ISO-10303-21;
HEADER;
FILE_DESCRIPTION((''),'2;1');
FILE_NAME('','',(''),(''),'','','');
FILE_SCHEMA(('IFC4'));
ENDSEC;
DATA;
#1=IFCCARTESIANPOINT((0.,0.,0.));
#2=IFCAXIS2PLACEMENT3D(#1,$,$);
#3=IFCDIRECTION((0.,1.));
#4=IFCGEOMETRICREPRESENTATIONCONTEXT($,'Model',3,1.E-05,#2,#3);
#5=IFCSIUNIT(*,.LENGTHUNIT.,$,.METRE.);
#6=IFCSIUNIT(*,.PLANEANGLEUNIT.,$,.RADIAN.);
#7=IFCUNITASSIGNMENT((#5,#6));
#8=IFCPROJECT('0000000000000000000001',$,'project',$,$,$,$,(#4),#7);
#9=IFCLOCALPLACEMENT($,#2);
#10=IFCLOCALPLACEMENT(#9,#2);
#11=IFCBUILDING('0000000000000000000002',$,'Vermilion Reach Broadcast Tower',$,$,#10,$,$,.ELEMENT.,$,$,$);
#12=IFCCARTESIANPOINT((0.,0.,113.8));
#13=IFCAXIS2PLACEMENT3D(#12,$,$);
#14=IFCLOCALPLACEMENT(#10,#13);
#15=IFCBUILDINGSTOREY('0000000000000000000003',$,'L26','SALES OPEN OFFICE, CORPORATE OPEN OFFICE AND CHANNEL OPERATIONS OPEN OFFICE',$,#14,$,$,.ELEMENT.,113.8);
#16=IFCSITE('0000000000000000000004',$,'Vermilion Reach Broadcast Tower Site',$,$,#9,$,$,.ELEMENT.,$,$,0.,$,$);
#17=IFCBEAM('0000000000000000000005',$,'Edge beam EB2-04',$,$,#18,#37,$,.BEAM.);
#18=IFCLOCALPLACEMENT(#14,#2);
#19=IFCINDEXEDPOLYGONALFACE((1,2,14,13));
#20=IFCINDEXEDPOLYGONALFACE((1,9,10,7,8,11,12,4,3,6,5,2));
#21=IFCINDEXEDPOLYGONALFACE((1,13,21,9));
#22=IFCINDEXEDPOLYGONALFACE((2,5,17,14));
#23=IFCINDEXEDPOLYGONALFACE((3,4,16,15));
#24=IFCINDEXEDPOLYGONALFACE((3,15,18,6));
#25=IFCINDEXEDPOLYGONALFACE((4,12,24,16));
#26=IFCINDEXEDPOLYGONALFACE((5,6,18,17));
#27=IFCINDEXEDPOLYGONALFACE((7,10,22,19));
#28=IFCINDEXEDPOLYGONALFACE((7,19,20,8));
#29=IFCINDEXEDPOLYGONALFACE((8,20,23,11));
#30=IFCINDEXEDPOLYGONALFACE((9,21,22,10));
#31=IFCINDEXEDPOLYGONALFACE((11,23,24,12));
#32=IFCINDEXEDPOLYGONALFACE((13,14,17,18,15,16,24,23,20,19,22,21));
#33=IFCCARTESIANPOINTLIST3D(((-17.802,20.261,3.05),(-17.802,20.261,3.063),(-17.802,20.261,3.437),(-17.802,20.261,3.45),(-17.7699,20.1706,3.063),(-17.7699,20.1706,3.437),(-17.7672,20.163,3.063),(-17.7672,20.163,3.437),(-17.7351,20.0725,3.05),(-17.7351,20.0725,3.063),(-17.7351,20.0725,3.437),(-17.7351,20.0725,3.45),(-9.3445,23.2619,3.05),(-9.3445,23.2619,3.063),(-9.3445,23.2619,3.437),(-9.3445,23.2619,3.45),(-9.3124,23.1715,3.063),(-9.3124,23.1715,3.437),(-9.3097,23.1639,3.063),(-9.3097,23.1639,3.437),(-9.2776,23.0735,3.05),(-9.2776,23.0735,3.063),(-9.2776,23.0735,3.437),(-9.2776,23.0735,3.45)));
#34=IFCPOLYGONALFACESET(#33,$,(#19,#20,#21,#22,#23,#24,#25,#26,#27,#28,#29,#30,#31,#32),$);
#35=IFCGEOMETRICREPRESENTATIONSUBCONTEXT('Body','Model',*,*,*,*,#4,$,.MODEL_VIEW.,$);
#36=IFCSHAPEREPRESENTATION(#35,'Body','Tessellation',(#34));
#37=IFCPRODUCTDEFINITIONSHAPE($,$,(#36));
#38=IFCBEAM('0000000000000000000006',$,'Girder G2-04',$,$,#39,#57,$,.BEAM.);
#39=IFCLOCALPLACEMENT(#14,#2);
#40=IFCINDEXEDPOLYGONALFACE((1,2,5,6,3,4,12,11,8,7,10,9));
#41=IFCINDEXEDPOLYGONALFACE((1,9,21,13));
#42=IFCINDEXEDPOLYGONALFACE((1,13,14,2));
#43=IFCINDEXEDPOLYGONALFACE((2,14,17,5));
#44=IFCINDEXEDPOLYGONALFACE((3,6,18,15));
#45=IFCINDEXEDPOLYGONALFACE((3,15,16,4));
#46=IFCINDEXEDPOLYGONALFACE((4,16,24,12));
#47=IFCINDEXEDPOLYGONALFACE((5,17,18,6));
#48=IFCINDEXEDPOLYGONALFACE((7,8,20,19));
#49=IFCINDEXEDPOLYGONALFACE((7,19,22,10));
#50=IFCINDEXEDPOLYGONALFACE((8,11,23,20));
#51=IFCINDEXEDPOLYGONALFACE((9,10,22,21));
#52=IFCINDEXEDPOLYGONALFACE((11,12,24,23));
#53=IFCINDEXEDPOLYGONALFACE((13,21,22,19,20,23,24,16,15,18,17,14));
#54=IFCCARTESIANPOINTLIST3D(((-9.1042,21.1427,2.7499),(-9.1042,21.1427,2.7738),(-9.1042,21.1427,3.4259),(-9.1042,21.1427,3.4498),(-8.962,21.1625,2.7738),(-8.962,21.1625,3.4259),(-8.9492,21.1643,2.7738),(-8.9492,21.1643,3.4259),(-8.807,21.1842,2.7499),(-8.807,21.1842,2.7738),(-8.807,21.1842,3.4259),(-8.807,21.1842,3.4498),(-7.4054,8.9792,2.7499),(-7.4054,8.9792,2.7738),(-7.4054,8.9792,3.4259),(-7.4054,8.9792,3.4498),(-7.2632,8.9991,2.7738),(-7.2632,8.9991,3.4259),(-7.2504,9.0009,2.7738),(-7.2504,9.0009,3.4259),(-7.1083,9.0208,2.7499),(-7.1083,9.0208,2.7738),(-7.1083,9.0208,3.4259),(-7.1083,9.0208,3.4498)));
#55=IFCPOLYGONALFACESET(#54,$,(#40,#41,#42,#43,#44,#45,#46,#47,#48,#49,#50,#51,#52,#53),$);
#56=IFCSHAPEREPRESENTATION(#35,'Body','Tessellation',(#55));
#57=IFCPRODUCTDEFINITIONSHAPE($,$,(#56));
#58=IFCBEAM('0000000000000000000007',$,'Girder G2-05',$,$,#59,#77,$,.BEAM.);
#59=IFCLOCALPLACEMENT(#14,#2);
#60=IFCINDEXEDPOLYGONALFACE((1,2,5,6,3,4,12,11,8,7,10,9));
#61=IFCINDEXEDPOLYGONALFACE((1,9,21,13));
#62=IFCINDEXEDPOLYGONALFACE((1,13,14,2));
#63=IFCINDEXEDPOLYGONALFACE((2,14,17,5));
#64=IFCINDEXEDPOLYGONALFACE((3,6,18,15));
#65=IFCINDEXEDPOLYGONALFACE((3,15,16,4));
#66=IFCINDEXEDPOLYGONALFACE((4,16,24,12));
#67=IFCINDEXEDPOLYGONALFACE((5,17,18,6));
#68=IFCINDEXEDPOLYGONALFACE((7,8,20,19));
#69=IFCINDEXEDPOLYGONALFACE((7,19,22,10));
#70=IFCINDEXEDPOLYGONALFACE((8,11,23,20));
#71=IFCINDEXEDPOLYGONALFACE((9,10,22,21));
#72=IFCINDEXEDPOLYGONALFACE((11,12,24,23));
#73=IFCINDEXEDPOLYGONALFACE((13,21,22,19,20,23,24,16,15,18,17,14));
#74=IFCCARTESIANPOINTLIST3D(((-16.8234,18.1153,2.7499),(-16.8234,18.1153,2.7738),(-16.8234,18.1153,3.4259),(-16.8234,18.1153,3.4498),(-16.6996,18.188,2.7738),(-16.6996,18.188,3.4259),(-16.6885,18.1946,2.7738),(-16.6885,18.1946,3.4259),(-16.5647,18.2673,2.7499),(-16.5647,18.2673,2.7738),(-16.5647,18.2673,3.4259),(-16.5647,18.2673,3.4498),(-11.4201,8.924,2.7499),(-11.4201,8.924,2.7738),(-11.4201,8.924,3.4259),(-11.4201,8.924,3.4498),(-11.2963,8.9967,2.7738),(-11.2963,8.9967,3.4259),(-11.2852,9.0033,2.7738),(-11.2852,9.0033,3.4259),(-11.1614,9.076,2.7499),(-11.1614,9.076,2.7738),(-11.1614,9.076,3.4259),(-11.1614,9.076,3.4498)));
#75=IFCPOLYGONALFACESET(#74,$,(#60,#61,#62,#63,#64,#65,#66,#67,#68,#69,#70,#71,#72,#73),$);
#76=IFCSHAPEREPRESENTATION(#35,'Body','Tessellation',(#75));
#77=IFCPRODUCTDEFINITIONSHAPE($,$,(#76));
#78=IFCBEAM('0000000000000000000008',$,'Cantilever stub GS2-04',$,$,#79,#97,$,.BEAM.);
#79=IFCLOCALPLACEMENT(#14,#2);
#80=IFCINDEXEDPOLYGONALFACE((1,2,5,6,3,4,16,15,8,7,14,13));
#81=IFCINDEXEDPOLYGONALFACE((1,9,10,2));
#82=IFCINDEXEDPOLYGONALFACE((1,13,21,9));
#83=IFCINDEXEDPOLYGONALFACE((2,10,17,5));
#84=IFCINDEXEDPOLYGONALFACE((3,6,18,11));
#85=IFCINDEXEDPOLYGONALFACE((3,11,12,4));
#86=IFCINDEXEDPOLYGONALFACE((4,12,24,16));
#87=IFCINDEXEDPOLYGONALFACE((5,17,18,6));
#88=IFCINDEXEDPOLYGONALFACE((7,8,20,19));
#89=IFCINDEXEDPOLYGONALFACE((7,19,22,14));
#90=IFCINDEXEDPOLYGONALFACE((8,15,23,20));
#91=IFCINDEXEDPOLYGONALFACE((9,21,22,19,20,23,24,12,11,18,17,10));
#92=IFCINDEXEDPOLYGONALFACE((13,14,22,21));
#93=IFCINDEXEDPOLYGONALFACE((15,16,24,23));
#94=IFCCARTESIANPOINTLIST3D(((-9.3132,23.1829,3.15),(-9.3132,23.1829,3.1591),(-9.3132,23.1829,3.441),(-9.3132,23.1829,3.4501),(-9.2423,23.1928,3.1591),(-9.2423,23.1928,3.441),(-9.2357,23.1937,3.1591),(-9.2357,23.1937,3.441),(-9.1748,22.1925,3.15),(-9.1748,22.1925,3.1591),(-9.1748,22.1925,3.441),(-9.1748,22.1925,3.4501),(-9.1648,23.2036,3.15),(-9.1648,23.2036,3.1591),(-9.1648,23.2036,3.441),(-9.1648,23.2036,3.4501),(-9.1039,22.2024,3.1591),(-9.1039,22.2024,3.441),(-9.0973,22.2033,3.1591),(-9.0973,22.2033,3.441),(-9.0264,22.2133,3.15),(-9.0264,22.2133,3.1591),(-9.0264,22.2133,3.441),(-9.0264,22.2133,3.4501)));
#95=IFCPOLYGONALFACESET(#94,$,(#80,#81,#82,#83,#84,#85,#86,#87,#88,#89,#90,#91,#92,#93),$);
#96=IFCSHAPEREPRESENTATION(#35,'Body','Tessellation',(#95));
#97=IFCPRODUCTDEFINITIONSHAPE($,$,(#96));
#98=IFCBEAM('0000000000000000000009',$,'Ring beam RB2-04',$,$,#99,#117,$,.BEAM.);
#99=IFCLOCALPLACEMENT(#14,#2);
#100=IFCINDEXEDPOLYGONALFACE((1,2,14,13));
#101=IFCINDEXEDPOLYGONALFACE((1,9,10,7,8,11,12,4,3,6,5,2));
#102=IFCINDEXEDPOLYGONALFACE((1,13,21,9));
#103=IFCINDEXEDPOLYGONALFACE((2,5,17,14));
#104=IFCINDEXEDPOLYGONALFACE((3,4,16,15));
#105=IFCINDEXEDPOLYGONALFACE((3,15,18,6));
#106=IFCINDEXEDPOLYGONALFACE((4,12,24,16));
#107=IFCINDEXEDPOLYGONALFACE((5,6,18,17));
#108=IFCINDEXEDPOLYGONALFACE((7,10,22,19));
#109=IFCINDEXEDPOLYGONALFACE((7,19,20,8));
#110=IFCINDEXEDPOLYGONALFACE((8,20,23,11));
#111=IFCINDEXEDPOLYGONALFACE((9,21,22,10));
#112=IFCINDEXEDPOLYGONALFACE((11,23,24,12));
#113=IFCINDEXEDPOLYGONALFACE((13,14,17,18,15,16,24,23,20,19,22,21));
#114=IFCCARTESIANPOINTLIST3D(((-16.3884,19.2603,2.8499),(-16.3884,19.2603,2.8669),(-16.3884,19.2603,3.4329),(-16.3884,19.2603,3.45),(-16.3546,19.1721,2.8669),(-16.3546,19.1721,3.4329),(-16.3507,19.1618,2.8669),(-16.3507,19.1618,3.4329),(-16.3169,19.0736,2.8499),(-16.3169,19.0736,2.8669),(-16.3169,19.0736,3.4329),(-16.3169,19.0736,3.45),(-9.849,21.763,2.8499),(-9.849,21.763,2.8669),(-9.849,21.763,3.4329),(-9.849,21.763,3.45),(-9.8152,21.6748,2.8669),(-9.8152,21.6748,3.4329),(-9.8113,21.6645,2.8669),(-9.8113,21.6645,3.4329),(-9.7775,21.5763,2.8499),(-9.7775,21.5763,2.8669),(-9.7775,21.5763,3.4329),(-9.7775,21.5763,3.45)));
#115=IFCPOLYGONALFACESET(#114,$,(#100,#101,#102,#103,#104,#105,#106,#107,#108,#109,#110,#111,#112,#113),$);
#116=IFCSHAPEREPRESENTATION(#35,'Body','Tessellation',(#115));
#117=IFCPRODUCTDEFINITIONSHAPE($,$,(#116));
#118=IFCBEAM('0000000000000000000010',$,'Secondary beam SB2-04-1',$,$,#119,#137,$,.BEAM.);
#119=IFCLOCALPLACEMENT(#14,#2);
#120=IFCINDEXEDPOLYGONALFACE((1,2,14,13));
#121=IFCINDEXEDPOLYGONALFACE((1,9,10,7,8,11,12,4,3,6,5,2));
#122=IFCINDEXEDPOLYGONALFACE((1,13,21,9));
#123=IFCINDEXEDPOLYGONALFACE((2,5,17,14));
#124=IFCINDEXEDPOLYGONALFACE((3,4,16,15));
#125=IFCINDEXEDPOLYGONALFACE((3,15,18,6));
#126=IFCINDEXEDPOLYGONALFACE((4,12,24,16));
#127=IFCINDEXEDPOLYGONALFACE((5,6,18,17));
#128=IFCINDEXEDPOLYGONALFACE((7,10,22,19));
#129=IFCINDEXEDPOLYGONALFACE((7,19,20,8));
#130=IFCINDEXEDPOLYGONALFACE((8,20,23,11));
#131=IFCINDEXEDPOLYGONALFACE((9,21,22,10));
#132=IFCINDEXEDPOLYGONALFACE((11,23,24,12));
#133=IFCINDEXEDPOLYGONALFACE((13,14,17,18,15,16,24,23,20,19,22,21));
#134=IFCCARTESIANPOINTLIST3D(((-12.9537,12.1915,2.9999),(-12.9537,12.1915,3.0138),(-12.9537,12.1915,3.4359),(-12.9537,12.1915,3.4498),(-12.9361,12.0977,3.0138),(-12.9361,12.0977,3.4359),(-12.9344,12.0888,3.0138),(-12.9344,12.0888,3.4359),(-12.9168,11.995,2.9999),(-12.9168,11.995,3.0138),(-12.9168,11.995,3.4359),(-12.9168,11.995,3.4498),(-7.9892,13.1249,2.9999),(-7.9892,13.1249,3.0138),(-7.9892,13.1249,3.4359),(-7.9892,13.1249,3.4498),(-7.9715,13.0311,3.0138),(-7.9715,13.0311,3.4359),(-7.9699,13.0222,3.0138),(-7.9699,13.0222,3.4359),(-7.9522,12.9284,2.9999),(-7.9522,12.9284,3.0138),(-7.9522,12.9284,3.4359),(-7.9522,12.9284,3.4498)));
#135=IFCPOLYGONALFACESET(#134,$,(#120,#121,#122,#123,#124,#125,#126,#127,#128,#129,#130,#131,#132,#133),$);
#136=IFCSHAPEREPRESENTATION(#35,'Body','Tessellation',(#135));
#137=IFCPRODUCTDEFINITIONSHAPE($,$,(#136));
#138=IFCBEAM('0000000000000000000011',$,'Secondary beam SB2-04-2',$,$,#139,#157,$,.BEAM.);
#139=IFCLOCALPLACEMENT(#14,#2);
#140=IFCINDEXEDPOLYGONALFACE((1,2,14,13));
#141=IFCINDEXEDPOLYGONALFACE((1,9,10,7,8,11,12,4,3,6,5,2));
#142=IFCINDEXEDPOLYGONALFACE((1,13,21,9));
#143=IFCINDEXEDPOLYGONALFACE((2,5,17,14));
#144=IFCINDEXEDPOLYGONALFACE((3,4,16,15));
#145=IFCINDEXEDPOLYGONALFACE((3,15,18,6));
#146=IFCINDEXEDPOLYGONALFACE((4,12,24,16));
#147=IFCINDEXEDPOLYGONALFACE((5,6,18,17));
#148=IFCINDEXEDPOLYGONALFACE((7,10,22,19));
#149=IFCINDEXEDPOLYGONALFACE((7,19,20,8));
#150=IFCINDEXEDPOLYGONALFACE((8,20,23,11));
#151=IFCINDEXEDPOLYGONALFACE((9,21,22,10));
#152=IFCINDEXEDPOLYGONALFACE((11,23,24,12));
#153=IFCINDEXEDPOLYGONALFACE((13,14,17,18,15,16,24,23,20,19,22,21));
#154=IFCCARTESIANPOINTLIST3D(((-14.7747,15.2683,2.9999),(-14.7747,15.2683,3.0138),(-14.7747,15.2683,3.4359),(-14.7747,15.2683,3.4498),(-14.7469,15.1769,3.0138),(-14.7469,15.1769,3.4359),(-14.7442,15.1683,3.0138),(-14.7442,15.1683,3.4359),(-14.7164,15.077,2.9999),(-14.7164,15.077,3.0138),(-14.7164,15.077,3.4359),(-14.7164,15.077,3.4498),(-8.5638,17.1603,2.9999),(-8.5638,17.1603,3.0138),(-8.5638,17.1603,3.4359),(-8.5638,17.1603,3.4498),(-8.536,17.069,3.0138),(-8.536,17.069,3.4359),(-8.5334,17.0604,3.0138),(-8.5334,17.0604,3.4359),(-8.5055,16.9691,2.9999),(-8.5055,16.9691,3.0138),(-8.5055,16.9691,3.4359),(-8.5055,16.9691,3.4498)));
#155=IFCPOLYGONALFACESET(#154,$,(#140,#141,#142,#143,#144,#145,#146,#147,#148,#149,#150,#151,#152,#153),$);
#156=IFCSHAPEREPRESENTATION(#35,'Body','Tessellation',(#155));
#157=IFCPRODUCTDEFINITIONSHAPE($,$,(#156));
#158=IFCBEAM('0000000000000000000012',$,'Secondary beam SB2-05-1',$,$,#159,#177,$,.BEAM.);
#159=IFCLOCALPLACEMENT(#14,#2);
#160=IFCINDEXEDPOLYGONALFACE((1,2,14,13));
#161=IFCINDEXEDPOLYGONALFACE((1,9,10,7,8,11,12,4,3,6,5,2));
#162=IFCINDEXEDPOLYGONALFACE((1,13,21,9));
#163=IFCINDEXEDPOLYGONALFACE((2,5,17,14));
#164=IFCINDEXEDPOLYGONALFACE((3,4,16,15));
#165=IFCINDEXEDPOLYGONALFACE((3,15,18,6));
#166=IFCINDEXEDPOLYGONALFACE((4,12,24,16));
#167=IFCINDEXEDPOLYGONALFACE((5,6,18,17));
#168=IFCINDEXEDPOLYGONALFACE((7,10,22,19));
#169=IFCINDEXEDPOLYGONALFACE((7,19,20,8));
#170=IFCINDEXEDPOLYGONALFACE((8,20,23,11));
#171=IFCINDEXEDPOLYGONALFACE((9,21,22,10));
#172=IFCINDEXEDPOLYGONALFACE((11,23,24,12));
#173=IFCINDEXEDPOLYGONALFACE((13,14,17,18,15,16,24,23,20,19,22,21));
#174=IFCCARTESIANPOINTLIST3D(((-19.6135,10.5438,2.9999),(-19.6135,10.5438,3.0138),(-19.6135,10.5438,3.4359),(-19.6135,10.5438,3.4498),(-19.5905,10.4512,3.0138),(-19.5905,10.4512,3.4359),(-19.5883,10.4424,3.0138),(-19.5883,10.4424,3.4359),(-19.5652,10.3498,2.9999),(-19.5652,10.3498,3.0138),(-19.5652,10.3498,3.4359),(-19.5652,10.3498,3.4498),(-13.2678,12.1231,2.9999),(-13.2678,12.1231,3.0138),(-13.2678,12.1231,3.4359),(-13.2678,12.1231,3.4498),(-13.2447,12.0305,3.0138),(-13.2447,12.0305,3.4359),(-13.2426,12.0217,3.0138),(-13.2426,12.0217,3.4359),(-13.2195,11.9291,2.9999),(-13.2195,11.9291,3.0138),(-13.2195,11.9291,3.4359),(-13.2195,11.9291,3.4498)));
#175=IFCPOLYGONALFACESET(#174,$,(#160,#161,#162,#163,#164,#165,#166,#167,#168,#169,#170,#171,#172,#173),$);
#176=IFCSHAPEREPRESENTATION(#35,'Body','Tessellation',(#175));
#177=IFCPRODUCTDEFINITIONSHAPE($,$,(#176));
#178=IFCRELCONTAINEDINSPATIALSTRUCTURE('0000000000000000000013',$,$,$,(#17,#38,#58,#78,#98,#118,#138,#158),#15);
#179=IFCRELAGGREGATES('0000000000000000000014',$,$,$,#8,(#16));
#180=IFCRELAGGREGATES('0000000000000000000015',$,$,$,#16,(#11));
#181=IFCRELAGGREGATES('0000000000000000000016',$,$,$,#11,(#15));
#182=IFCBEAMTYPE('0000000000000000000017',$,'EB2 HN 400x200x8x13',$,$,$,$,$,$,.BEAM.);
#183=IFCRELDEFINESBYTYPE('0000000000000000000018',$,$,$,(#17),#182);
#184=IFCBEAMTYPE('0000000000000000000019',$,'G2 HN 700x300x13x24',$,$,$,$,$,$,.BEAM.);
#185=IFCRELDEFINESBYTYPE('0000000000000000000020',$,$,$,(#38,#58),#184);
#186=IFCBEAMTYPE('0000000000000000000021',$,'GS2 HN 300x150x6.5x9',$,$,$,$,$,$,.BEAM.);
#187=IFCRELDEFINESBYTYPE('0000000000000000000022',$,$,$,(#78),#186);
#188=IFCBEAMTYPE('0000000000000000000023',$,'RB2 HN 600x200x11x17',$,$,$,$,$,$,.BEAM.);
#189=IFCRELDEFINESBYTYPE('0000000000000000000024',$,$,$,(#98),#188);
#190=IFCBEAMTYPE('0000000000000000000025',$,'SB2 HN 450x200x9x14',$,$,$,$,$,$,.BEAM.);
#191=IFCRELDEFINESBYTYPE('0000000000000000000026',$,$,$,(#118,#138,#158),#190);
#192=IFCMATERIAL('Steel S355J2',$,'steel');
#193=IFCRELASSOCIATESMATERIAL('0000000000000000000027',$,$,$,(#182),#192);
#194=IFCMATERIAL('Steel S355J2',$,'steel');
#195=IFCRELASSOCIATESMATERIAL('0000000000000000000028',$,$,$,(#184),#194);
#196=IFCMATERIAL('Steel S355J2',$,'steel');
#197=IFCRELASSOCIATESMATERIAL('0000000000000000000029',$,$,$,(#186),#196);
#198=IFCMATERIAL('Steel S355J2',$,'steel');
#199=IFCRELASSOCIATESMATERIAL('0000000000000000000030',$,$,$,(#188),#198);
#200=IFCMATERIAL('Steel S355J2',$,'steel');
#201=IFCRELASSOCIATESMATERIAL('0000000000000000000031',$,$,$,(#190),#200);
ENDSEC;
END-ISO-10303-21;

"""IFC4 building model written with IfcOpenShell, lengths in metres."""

from ifc_helpers import new_model, si_unit, direction, frame, origin, origin_2d, place, context, subcontext, project, spatial, i_section, extrude, material, material_profile, profile_set, type_object, element, save


model = new_model("IFC4")

# Units and contexts
model_context = context("Model", 3, precision=1e-05, world=origin(), true_north=direction((0.0, 1.0)))
body_context = subcontext(model_context, "Body", "Model", "MODEL_VIEW")
ifc_project = project(units=[si_unit("LENGTHUNIT", "METRE"), si_unit("PLANEANGLEUNIT", "RADIAN")], contexts=[model_context])

# Site, building, storey
site_placement = place(None, origin())
site = spatial("IfcSite", under=ifc_project, at=site_placement, Name="Vermilion Reach Broadcast Tower Site", CompositionType="ELEMENT", RefElevation=0.0)
building_placement = place(site_placement, origin())
building = spatial("IfcBuilding", under=site, at=building_placement, Name="Vermilion Reach Broadcast Tower", CompositionType="ELEMENT")
storey_placement = place(building_placement, frame((0.0, 0.0, 113.8)))
storey = spatial("IfcBuildingStorey", under=building, at=storey_placement, Name="L26", Description="SALES OPEN OFFICE, CORPORATE OPEN OFFICE AND CHANNEL OPERATIONS OPEN OFFICE", CompositionType="ELEMENT", Elevation=113.8)

# Beams
ifc_material_1 = material(Name="Steel S355J2", Category="steel")
ifc_material_profile_1 = material_profile(ifc_material_1, i_section(OverallWidth=0.2, OverallDepth=0.3999, WebThickness=0.0081, FlangeThickness=0.0129, at=origin_2d()), Name="S355J2 HN 400x200x8x13")
ifc_profile_set_1 = profile_set([ifc_material_profile_1], Name="Steel S355J2")
beam_type_1 = type_object("IfcBeamType", Name="EB2 HN 400x200x8x13", PredefinedType="BEAM", material=ifc_profile_set_1)
beam_1_placement = place(storey_placement, frame((-9.311, 23.1677, 3.25), z_axis=(-0.942431, -0.334402, 0.0), x_axis=(0.334402, -0.942431, 0.0)))
element("IfcBeam", 1, at=beam_1_placement, inside=storey, type_object=beam_type_1, Name="Edge beam EB2-04", PredefinedType="BEAM", context=body_context, shape_type="SweptSolid", body=[
    extrude(i_section(OverallWidth=0.2, OverallDepth=0.3999, WebThickness=0.0081, FlangeThickness=0.0129, at=origin_2d()), origin(), (0.0, 0.0, 1.0), 8.9741),
])
ifc_material_2 = material(Name="Steel S355J2", Category="steel")
ifc_material_profile_2 = material_profile(ifc_material_2, i_section(OverallWidth=0.3, OverallDepth=0.7, WebThickness=0.0129, FlangeThickness=0.0239, at=origin_2d()), Name="S355J2 HN 700x300x13x24")
ifc_profile_set_2 = profile_set([ifc_material_profile_2], Name="Steel S355J2")
beam_type_2 = type_object("IfcBeamType", Name="G2 HN 700x300x13x24", PredefinedType="BEAM", material=ifc_profile_set_2)
beam_2_placement = place(storey_placement, frame((-7.2568, 9.0, 3.0999), z_axis=(-0.138318, 0.990388, 0.0), x_axis=(-0.990388, -0.138318, 0.0)))
element("IfcBeam", 2, at=beam_2_placement, inside=storey, type_object=beam_type_2, Name="Girder G2-04", PredefinedType="BEAM", context=body_context, shape_type="SweptSolid", body=[
    extrude(i_section(OverallWidth=0.3, OverallDepth=0.7, WebThickness=0.0129, FlangeThickness=0.0239, at=origin_2d()), origin(), (0.0, 0.0, 1.0), 12.2815),
])
beam_3_placement = place(storey_placement, frame((-11.2908, 9.0, 3.0999), z_axis=(-0.506784, 0.862073, 0.0), x_axis=(-0.862073, -0.506784, 0.0)))
element("IfcBeam", 3, at=beam_3_placement, inside=storey, type_object=beam_type_2, Name="Girder G2-05", PredefinedType="BEAM", context=body_context, shape_type="SweptSolid", body=[
    extrude(i_section(OverallWidth=0.3, OverallDepth=0.7, WebThickness=0.0129, FlangeThickness=0.0239, at=origin_2d()), origin(), (0.0, 0.0, 1.0), 10.6619),
])
ifc_material_3 = material(Name="Steel S355J2", Category="steel")
ifc_material_profile_3 = material_profile(ifc_material_3, i_section(OverallWidth=0.1499, OverallDepth=0.3, WebThickness=0.0066, FlangeThickness=0.009, at=origin_2d()), Name="S355J2 HN 300x150x6.5x9")
ifc_profile_set_3 = profile_set([ifc_material_profile_3], Name="Steel S355J2")
beam_type_3 = type_object("IfcBeamType", Name="GS2 HN 300x150x6.5x9", PredefinedType="BEAM", material=ifc_profile_set_3)
beam_4_placement = place(storey_placement, frame((-9.1006, 22.2029, 3.3), z_axis=(-0.138413, 0.990375, 0.0), x_axis=(-0.990375, -0.138413, 0.0)))
element("IfcBeam", 4, at=beam_4_placement, inside=storey, type_object=beam_type_3, Name="Cantilever stub GS2-04", PredefinedType="BEAM", context=body_context, shape_type="SweptSolid", body=[
    extrude(i_section(OverallWidth=0.1499, OverallDepth=0.3, WebThickness=0.0066, FlangeThickness=0.009, at=origin_2d()), origin(), (0.0, 0.0, 1.0), 1.0),
])
ifc_material_4 = material(Name="Steel S355J2", Category="steel")
ifc_material_profile_4 = material_profile(ifc_material_4, i_section(OverallWidth=0.2, OverallDepth=0.6001, WebThickness=0.011, FlangeThickness=0.0171, at=origin_2d()), Name="S355J2 HN 600x200x11x17")
ifc_profile_set_4 = profile_set([ifc_material_profile_4], Name="Steel S355J2")
beam_type_4 = type_object("IfcBeamType", Name="RB2 HN 600x200x11x17", PredefinedType="BEAM", material=ifc_profile_set_4)
beam_5_placement = place(storey_placement, frame((-9.8132, 21.6697, 3.1499), z_axis=(-0.933939, -0.357432, 0.0), x_axis=(0.357432, -0.933939, 0.0)))
element("IfcBeam", 5, at=beam_5_placement, inside=storey, type_object=beam_type_4, Name="Ring beam RB2-04", PredefinedType="BEAM", context=body_context, shape_type="SweptSolid", body=[
    extrude(i_section(OverallWidth=0.2, OverallDepth=0.6001, WebThickness=0.011, FlangeThickness=0.0171, at=origin_2d()), origin(), (0.0, 0.0, 1.0), 7.002),
])
ifc_material_5 = material(Name="Steel S355J2", Category="steel")
ifc_material_profile_5 = material_profile(ifc_material_5, i_section(OverallWidth=0.2, OverallDepth=0.45, WebThickness=0.009, FlangeThickness=0.0139, at=origin_2d()), Name="S355J2 HN 450x200x9x14")
ifc_profile_set_5 = profile_set([ifc_material_profile_5], Name="Steel S355J2")
beam_type_5 = type_object("IfcBeamType", Name="SB2 HN 450x200x9x14", PredefinedType="BEAM", material=ifc_profile_set_5)
beam_6_placement = place(storey_placement, frame((-7.9707, 13.0266, 3.2249), z_axis=(-0.982783, -0.184764, 0.0), x_axis=(0.184764, -0.982783, 0.0)))
element("IfcBeam", 6, at=beam_6_placement, inside=storey, type_object=beam_type_5, Name="Secondary beam SB2-04-1", PredefinedType="BEAM", context=body_context, shape_type="SweptSolid", body=[
    extrude(i_section(OverallWidth=0.2, OverallDepth=0.45, WebThickness=0.009, FlangeThickness=0.0139, at=origin_2d()), origin(), (0.0, 0.0, 1.0), 5.0515),
])
beam_7_placement = place(storey_placement, frame((-8.5347, 17.0647, 3.2249), z_axis=(-0.956596, -0.291416, 0.0), x_axis=(0.291416, -0.956596, 0.0)))
element("IfcBeam", 7, at=beam_7_placement, inside=storey, type_object=beam_type_5, Name="Secondary beam SB2-04-2", PredefinedType="BEAM", context=body_context, shape_type="SweptSolid", body=[
    extrude(i_section(OverallWidth=0.2, OverallDepth=0.45, WebThickness=0.009, FlangeThickness=0.0139, at=origin_2d()), origin(), (0.0, 0.0, 1.0), 6.4927),
])
beam_8_placement = place(storey_placement, frame((-13.2437, 12.0261, 3.2249), z_axis=(-0.970397, -0.241516, 0.0), x_axis=(0.241516, -0.970397, 0.0)))
element("IfcBeam", 8, at=beam_8_placement, inside=storey, type_object=beam_type_5, Name="Secondary beam SB2-05-1", PredefinedType="BEAM", context=body_context, shape_type="SweptSolid", body=[
    extrude(i_section(OverallWidth=0.2, OverallDepth=0.45, WebThickness=0.009, FlangeThickness=0.0139, at=origin_2d()), origin(), (0.0, 0.0, 1.0), 6.5393),
])

save(model, "model.ifc")
